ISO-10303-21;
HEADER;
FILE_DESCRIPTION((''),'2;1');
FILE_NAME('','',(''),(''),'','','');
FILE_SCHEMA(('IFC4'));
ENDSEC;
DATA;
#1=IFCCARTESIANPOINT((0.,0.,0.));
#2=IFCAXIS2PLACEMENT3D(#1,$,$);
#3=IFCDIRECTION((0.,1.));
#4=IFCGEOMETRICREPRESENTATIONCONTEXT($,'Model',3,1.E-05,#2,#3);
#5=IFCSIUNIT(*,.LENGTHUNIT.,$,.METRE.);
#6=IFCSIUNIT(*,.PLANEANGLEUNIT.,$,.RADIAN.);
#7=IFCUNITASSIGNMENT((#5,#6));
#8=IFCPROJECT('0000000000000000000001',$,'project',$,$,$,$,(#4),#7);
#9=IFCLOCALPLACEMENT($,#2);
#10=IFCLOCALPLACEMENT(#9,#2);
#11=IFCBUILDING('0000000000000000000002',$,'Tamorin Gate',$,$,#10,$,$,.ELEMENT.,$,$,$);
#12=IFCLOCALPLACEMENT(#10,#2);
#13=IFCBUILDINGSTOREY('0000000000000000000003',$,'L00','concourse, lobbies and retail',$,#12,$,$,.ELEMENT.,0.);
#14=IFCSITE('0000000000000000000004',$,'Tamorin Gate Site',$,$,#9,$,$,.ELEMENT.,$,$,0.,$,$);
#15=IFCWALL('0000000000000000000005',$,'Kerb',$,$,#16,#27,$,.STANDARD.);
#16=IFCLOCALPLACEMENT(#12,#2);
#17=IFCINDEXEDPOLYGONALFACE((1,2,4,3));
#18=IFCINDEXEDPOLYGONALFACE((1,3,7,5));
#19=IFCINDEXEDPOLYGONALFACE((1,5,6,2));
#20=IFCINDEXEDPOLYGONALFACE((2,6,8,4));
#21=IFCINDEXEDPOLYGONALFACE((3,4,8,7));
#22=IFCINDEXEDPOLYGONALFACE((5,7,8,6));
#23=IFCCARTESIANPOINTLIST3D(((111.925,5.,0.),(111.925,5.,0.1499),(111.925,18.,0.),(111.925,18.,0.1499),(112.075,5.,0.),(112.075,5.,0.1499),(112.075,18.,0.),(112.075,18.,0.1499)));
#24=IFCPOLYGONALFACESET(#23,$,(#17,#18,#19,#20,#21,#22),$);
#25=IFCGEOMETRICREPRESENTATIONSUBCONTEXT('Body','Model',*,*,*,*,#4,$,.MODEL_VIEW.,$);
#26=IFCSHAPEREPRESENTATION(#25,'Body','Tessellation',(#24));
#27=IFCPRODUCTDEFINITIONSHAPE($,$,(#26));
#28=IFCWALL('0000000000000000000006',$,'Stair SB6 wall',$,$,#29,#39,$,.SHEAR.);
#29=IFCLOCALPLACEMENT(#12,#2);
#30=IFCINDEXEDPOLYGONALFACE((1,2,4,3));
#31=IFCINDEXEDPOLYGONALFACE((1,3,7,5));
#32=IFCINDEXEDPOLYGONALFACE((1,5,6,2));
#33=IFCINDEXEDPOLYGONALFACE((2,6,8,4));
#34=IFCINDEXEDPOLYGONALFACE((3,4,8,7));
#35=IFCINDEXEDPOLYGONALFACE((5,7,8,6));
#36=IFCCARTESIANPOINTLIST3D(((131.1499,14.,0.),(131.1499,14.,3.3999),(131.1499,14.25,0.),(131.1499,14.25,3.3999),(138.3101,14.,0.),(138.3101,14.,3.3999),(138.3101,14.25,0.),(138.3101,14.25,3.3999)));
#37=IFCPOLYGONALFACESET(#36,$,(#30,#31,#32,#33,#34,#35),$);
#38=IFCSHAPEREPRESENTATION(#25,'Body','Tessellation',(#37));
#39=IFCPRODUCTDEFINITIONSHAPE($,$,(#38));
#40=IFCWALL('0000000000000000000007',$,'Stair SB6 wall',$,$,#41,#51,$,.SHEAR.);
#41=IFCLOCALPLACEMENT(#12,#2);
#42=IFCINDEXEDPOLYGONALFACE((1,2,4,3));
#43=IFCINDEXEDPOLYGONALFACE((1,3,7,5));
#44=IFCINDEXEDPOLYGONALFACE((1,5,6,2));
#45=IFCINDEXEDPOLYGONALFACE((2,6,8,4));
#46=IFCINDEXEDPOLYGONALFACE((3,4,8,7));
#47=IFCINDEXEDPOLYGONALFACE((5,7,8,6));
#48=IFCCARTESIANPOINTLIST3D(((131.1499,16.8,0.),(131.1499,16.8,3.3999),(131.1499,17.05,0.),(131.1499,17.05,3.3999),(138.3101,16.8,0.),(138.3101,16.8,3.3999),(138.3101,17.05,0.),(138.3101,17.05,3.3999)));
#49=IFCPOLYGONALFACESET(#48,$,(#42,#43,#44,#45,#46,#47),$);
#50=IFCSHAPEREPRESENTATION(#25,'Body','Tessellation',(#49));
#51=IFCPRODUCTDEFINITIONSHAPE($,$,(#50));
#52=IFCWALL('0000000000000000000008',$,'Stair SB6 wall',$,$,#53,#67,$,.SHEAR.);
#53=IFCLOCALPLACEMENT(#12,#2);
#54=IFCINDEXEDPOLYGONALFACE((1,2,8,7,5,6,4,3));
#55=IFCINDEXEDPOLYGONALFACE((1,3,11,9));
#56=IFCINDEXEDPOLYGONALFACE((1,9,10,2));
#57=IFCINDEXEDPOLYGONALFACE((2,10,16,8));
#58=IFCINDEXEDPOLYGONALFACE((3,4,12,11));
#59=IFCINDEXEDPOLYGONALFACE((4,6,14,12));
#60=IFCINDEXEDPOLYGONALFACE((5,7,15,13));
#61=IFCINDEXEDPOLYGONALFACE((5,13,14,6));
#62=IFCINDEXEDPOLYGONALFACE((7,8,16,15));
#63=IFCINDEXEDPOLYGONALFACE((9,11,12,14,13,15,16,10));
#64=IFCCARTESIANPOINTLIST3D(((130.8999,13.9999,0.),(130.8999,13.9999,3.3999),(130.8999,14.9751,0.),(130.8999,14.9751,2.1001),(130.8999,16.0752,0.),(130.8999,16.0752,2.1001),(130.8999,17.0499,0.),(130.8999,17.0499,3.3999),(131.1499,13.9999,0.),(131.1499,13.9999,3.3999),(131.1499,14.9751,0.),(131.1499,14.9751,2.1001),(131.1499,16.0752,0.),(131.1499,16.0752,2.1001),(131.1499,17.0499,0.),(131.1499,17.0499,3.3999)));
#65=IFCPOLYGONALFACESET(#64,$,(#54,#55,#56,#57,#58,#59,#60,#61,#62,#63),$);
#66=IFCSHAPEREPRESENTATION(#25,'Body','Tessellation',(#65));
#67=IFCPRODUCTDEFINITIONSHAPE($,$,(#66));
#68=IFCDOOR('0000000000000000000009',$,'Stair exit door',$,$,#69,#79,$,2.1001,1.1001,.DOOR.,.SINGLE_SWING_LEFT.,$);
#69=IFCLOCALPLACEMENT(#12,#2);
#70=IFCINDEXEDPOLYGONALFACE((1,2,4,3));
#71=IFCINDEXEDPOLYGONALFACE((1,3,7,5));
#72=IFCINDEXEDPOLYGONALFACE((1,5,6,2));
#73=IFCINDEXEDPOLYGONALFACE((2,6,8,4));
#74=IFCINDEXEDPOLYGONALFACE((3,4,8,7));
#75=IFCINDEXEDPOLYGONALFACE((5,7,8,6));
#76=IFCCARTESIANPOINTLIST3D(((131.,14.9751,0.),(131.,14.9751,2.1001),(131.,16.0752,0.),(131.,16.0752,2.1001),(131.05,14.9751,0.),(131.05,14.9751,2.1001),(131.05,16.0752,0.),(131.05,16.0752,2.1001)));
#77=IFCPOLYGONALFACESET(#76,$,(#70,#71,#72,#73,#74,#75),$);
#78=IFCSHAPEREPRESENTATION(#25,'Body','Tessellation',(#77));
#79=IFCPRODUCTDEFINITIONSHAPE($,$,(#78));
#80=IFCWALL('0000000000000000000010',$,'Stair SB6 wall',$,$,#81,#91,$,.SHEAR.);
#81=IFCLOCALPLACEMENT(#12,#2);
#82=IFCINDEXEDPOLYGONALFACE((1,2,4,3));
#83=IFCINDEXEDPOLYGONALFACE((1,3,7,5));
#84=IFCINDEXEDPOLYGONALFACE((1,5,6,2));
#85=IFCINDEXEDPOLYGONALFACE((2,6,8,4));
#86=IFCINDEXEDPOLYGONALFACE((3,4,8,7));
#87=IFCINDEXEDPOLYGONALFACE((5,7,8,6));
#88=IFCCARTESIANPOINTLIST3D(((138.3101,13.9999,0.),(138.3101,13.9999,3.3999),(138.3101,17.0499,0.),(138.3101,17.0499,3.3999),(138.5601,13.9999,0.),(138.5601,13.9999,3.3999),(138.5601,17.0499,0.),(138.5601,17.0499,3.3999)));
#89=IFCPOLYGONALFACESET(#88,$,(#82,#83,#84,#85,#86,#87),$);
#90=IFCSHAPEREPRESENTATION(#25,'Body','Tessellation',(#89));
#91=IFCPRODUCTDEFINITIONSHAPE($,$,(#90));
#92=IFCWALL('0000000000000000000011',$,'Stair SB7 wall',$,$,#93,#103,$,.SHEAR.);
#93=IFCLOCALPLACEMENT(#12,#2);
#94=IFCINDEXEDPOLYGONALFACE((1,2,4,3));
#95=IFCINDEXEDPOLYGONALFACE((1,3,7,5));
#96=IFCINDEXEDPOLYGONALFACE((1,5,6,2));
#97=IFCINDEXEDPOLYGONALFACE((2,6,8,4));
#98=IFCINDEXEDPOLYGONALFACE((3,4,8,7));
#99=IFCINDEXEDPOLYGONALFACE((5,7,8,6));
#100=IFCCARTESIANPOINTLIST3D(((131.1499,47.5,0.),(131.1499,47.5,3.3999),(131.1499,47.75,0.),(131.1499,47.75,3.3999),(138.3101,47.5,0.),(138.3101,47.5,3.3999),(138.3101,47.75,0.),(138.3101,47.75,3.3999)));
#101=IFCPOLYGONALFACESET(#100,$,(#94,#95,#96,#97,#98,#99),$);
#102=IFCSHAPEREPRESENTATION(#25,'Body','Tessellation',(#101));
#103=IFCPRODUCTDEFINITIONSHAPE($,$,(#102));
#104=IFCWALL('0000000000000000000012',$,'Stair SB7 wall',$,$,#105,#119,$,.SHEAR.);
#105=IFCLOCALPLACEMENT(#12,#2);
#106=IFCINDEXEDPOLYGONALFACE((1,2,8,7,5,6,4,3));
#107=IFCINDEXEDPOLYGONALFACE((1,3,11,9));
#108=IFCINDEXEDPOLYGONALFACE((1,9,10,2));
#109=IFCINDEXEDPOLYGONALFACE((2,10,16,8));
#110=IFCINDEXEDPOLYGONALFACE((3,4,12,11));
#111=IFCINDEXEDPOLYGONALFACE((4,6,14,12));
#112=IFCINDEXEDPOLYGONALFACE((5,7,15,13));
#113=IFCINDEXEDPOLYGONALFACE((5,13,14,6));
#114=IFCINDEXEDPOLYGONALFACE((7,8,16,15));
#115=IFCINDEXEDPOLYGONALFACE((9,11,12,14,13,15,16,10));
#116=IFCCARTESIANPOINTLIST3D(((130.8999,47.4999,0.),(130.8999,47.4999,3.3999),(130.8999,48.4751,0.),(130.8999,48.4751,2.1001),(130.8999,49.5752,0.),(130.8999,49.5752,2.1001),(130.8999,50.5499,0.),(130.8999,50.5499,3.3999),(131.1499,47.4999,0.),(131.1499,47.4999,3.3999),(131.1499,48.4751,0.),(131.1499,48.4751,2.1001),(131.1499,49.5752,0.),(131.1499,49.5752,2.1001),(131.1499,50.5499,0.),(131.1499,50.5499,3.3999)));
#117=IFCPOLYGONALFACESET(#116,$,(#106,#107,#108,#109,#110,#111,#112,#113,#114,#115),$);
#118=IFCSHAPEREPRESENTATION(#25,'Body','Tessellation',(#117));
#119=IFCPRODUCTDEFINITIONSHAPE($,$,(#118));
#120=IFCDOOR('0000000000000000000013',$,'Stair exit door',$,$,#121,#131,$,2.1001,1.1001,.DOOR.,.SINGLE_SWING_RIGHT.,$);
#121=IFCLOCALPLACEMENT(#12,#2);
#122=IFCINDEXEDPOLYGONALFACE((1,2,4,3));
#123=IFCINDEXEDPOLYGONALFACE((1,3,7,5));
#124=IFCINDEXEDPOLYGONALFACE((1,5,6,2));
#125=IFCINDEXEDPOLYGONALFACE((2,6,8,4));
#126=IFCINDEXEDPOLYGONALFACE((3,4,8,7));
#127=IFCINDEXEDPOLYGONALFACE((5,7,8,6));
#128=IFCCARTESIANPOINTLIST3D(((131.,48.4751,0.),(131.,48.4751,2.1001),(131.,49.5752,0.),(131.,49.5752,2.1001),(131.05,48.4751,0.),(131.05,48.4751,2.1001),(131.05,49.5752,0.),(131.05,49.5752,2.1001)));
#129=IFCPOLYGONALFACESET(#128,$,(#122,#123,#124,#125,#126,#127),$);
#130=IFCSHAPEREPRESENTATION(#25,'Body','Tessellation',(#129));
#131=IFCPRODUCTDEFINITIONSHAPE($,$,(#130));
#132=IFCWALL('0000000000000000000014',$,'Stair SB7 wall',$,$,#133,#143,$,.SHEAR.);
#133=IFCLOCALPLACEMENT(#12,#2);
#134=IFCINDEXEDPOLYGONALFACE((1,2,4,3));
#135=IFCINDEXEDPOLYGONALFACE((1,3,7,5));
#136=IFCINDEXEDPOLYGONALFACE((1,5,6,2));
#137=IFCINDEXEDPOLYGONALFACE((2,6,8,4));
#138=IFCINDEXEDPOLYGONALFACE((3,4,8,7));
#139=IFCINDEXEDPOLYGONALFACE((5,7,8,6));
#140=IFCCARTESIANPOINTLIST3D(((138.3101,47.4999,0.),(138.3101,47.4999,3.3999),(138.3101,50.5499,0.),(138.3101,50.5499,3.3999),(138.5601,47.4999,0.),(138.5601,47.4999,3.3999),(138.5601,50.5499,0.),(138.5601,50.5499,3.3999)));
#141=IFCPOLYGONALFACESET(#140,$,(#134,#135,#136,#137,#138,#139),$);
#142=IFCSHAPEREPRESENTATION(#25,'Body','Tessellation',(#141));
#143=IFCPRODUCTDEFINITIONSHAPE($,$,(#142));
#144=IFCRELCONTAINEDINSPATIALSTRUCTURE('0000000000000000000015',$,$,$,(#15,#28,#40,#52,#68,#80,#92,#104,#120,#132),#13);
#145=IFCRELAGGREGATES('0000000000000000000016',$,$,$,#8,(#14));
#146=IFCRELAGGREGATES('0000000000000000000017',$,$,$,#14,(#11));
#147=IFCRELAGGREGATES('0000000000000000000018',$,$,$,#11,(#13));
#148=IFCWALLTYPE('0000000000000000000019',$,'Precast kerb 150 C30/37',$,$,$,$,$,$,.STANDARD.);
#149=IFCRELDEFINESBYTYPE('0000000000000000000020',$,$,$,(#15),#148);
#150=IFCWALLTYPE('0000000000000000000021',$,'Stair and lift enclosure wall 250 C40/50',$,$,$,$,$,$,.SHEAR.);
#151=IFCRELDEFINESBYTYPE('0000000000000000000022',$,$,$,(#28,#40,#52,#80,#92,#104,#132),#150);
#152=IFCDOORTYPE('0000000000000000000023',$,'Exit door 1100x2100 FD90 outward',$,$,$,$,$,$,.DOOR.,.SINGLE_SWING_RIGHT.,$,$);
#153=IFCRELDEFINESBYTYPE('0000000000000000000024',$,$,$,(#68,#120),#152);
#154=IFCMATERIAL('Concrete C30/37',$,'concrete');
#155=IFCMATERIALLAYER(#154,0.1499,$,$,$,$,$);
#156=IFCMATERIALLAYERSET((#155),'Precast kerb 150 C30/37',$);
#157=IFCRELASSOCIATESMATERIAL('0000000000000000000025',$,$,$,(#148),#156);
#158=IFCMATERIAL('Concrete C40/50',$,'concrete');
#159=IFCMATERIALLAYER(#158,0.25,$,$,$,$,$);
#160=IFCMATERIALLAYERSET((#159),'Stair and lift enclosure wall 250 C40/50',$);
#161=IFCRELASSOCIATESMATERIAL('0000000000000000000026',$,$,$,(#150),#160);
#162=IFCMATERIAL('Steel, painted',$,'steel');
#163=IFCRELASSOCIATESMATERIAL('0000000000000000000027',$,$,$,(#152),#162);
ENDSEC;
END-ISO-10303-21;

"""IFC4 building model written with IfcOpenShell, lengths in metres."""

from ifc_helpers import new_model, si_unit, direction, frame, frame_2d, origin, place, context, subcontext, project, spatial, rectangle, extrude, material, layer, layer_set, type_object, element, fill, save


model = new_model("IFC4")

# Units and contexts
model_context = context("Model", 3, precision=1e-05, world=origin(), true_north=direction((0.0, 1.0)))
body_context = subcontext(model_context, "Body", "Model", "MODEL_VIEW")
ifc_project = project(units=[si_unit("LENGTHUNIT", "METRE"), si_unit("PLANEANGLEUNIT", "RADIAN")], contexts=[model_context])

# Site, building, storey
site_placement = place(None, origin())
site = spatial("IfcSite", under=ifc_project, at=site_placement, Name="Tamorin Gate Site", CompositionType="ELEMENT", RefElevation=0.0)
building_placement = place(site_placement, origin())
building = spatial("IfcBuilding", under=site, at=building_placement, Name="Tamorin Gate", CompositionType="ELEMENT")
storey_placement = place(building_placement, origin())
storey = spatial("IfcBuildingStorey", under=building, at=storey_placement, Name="L00", Description="concourse, lobbies and retail", CompositionType="ELEMENT", Elevation=0.0)

# Walls
ifc_material_1 = material(Name="Concrete C30/37", Category="concrete")
ifc_layer_1 = layer(ifc_material_1, 0.1499)
ifc_layer_set_1 = layer_set([ifc_layer_1], Name="Precast kerb 150 C30/37")
wall_type_1 = type_object("IfcWallType", Name="Precast kerb 150 C30/37", PredefinedType="STANDARD", material=ifc_layer_set_1)
wall_1_placement = place(storey_placement, frame((112.0, 18.0, 0.0), z_axis=(0.0, 0.0, 1.0), x_axis=(0.0, -1.0, 0.0)))
element("IfcWall", 1, at=wall_1_placement, inside=storey, type_object=wall_type_1, Name="Kerb", PredefinedType="STANDARD", context=body_context, shape_type="SweptSolid", body=[
    extrude(rectangle(XDim=13.0, YDim=0.1499, at=frame_2d((6.5, 0.0))), origin(), (0.0, 0.0, 1.0), 0.1499),
])
ifc_material_2 = material(Name="Concrete C40/50", Category="concrete")
ifc_layer_2 = layer(ifc_material_2, 0.25)
ifc_layer_set_2 = layer_set([ifc_layer_2], Name="Stair and lift enclosure wall 250 C40/50")
wall_type_2 = type_object("IfcWallType", Name="Stair and lift enclosure wall 250 C40/50", PredefinedType="SHEAR", material=ifc_layer_set_2)
for number, where, z_axis, x_axis, name in (
    (2, (131.1499, 14.125, 0.0), (0.0, 0.0, 1.0), (1.0, 0.0, 0.0), "Stair SB6 wall"),
    (3, (131.1499, 16.925, 0.0), (0.0, 0.0, 1.0), (1.0, 0.0, 0.0), "Stair SB6 wall"),
):
    element("IfcWall", number, at=place(storey_placement, frame(where, z_axis=z_axis, x_axis=x_axis)), inside=storey, type_object=wall_type_2, Name=name, PredefinedType="SHEAR", context=body_context, shape_type="SweptSolid", body=[
        extrude(rectangle(XDim=7.1602, YDim=0.25, at=frame_2d((3.5801, 0.0))), origin(), (0.0, 0.0, 1.0), 3.3999),
    ])

# Wall, opening, door
wall_2_placement = place(storey_placement, frame((131.0249, 14.0, 0.0), z_axis=(0.0, 0.0, 1.0), x_axis=(0.0, 1.0, 0.0)))
wall_2 = element("IfcWall", 4, at=wall_2_placement, inside=storey, type_object=wall_type_2, Name="Stair SB6 wall", PredefinedType="SHEAR", context=body_context, shape_type="SweptSolid", body=[
    extrude(rectangle(XDim=3.05, YDim=0.25, at=frame_2d((1.5249, 0.0))), origin(), (0.0, 0.0, 1.0), 3.3999),
])
opening_1_placement = place(wall_2_placement, frame((0.9751, 0.0, 0.0)))
opening_1 = element("IfcOpeningElement", 5, at=opening_1_placement, cuts=wall_2, PredefinedType="OPENING", context=body_context, shape_type="SweptSolid", body=[
    extrude(rectangle(XDim=1.1001, YDim=2.1001, at=frame_2d((0.55, 1.05))), frame((0.0, 0.135, 0.0), z_axis=(0.0, -1.0, 0.0), x_axis=(1.0, 0.0, 0.0)), (0.0, 0.0, 1.0), 0.27),
])
ifc_material_3 = material(Name="Steel, painted", Category="steel")
door_type = type_object("IfcDoorType", Name="Exit door 1100x2100 FD90 outward", OperationType="SINGLE_SWING_RIGHT", PredefinedType="DOOR", material=ifc_material_3)
door_1_placement = place(opening_1_placement, origin())
door_1 = element("IfcDoor", 6, at=door_1_placement, inside=storey, type_object=door_type, Name="Stair exit door", OperationType="SINGLE_SWING_LEFT", OverallHeight=2.1001, OverallWidth=1.1001, PredefinedType="DOOR", context=body_context, shape_type="SweptSolid", body=[
    extrude(rectangle(XDim=1.1001, YDim=2.1001, at=frame_2d((0.55, 1.05))), frame((0.0, 0.0249, 0.0), z_axis=(0.0, -1.0, 0.0), x_axis=(1.0, 0.0, 0.0)), (0.0, 0.0, 1.0), 0.05),
])
fill(opening_1, door_1)

# Walls
wall_3_placement = place(storey_placement, frame((138.4351, 14.0, 0.0), z_axis=(0.0, 0.0, 1.0), x_axis=(0.0, 1.0, 0.0)))
element("IfcWall", 7, at=wall_3_placement, inside=storey, type_object=wall_type_2, Name="Stair SB6 wall", PredefinedType="SHEAR", context=body_context, shape_type="SweptSolid", body=[
    extrude(rectangle(XDim=3.05, YDim=0.25, at=frame_2d((1.5249, 0.0))), origin(), (0.0, 0.0, 1.0), 3.3999),
])
wall_4_placement = place(storey_placement, frame((131.1499, 47.625, 0.0), z_axis=(0.0, 0.0, 1.0), x_axis=(1.0, 0.0, 0.0)))
element("IfcWall", 8, at=wall_4_placement, inside=storey, type_object=wall_type_2, Name="Stair SB7 wall", PredefinedType="SHEAR", context=body_context, shape_type="SweptSolid", body=[
    extrude(rectangle(XDim=7.1602, YDim=0.25, at=frame_2d((3.5801, 0.0))), origin(), (0.0, 0.0, 1.0), 3.3999),
])

# Wall, opening, door
wall_5_placement = place(storey_placement, frame((131.0249, 47.5, 0.0), z_axis=(0.0, 0.0, 1.0), x_axis=(0.0, 1.0, 0.0)))
wall_5 = element("IfcWall", 9, at=wall_5_placement, inside=storey, type_object=wall_type_2, Name="Stair SB7 wall", PredefinedType="SHEAR", context=body_context, shape_type="SweptSolid", body=[
    extrude(rectangle(XDim=3.05, YDim=0.25, at=frame_2d((1.5249, 0.0))), origin(), (0.0, 0.0, 1.0), 3.3999),
])
opening_2_placement = place(wall_5_placement, frame((0.9751, 0.0, 0.0)))
opening_2 = element("IfcOpeningElement", 10, at=opening_2_placement, cuts=wall_5, PredefinedType="OPENING", context=body_context, shape_type="SweptSolid", body=[
    extrude(rectangle(XDim=1.1001, YDim=2.1001, at=frame_2d((0.55, 1.05))), frame((0.0, 0.135, 0.0), z_axis=(0.0, -1.0, 0.0), x_axis=(1.0, 0.0, 0.0)), (0.0, 0.0, 1.0), 0.27),
])
door_2_placement = place(opening_2_placement, origin())
door_2 = element("IfcDoor", 11, at=door_2_placement, inside=storey, type_object=door_type, Name="Stair exit door", OperationType="SINGLE_SWING_RIGHT", OverallHeight=2.1001, OverallWidth=1.1001, PredefinedType="DOOR", context=body_context, shape_type="SweptSolid", body=[
    extrude(rectangle(XDim=1.1001, YDim=2.1001, at=frame_2d((0.55, 1.05))), frame((0.0, 0.0249, 0.0), z_axis=(0.0, -1.0, 0.0), x_axis=(1.0, 0.0, 0.0)), (0.0, 0.0, 1.0), 0.05),
])
fill(opening_2, door_2)

# Wall
wall_6_placement = place(storey_placement, frame((138.4351, 47.5, 0.0), z_axis=(0.0, 0.0, 1.0), x_axis=(0.0, 1.0, 0.0)))
element("IfcWall", 12, at=wall_6_placement, inside=storey, type_object=wall_type_2, Name="Stair SB7 wall", PredefinedType="SHEAR", context=body_context, shape_type="SweptSolid", body=[
    extrude(rectangle(XDim=3.05, YDim=0.25, at=frame_2d((1.5249, 0.0))), origin(), (0.0, 0.0, 1.0), 3.3999),
])

save(model, "model.ifc")
